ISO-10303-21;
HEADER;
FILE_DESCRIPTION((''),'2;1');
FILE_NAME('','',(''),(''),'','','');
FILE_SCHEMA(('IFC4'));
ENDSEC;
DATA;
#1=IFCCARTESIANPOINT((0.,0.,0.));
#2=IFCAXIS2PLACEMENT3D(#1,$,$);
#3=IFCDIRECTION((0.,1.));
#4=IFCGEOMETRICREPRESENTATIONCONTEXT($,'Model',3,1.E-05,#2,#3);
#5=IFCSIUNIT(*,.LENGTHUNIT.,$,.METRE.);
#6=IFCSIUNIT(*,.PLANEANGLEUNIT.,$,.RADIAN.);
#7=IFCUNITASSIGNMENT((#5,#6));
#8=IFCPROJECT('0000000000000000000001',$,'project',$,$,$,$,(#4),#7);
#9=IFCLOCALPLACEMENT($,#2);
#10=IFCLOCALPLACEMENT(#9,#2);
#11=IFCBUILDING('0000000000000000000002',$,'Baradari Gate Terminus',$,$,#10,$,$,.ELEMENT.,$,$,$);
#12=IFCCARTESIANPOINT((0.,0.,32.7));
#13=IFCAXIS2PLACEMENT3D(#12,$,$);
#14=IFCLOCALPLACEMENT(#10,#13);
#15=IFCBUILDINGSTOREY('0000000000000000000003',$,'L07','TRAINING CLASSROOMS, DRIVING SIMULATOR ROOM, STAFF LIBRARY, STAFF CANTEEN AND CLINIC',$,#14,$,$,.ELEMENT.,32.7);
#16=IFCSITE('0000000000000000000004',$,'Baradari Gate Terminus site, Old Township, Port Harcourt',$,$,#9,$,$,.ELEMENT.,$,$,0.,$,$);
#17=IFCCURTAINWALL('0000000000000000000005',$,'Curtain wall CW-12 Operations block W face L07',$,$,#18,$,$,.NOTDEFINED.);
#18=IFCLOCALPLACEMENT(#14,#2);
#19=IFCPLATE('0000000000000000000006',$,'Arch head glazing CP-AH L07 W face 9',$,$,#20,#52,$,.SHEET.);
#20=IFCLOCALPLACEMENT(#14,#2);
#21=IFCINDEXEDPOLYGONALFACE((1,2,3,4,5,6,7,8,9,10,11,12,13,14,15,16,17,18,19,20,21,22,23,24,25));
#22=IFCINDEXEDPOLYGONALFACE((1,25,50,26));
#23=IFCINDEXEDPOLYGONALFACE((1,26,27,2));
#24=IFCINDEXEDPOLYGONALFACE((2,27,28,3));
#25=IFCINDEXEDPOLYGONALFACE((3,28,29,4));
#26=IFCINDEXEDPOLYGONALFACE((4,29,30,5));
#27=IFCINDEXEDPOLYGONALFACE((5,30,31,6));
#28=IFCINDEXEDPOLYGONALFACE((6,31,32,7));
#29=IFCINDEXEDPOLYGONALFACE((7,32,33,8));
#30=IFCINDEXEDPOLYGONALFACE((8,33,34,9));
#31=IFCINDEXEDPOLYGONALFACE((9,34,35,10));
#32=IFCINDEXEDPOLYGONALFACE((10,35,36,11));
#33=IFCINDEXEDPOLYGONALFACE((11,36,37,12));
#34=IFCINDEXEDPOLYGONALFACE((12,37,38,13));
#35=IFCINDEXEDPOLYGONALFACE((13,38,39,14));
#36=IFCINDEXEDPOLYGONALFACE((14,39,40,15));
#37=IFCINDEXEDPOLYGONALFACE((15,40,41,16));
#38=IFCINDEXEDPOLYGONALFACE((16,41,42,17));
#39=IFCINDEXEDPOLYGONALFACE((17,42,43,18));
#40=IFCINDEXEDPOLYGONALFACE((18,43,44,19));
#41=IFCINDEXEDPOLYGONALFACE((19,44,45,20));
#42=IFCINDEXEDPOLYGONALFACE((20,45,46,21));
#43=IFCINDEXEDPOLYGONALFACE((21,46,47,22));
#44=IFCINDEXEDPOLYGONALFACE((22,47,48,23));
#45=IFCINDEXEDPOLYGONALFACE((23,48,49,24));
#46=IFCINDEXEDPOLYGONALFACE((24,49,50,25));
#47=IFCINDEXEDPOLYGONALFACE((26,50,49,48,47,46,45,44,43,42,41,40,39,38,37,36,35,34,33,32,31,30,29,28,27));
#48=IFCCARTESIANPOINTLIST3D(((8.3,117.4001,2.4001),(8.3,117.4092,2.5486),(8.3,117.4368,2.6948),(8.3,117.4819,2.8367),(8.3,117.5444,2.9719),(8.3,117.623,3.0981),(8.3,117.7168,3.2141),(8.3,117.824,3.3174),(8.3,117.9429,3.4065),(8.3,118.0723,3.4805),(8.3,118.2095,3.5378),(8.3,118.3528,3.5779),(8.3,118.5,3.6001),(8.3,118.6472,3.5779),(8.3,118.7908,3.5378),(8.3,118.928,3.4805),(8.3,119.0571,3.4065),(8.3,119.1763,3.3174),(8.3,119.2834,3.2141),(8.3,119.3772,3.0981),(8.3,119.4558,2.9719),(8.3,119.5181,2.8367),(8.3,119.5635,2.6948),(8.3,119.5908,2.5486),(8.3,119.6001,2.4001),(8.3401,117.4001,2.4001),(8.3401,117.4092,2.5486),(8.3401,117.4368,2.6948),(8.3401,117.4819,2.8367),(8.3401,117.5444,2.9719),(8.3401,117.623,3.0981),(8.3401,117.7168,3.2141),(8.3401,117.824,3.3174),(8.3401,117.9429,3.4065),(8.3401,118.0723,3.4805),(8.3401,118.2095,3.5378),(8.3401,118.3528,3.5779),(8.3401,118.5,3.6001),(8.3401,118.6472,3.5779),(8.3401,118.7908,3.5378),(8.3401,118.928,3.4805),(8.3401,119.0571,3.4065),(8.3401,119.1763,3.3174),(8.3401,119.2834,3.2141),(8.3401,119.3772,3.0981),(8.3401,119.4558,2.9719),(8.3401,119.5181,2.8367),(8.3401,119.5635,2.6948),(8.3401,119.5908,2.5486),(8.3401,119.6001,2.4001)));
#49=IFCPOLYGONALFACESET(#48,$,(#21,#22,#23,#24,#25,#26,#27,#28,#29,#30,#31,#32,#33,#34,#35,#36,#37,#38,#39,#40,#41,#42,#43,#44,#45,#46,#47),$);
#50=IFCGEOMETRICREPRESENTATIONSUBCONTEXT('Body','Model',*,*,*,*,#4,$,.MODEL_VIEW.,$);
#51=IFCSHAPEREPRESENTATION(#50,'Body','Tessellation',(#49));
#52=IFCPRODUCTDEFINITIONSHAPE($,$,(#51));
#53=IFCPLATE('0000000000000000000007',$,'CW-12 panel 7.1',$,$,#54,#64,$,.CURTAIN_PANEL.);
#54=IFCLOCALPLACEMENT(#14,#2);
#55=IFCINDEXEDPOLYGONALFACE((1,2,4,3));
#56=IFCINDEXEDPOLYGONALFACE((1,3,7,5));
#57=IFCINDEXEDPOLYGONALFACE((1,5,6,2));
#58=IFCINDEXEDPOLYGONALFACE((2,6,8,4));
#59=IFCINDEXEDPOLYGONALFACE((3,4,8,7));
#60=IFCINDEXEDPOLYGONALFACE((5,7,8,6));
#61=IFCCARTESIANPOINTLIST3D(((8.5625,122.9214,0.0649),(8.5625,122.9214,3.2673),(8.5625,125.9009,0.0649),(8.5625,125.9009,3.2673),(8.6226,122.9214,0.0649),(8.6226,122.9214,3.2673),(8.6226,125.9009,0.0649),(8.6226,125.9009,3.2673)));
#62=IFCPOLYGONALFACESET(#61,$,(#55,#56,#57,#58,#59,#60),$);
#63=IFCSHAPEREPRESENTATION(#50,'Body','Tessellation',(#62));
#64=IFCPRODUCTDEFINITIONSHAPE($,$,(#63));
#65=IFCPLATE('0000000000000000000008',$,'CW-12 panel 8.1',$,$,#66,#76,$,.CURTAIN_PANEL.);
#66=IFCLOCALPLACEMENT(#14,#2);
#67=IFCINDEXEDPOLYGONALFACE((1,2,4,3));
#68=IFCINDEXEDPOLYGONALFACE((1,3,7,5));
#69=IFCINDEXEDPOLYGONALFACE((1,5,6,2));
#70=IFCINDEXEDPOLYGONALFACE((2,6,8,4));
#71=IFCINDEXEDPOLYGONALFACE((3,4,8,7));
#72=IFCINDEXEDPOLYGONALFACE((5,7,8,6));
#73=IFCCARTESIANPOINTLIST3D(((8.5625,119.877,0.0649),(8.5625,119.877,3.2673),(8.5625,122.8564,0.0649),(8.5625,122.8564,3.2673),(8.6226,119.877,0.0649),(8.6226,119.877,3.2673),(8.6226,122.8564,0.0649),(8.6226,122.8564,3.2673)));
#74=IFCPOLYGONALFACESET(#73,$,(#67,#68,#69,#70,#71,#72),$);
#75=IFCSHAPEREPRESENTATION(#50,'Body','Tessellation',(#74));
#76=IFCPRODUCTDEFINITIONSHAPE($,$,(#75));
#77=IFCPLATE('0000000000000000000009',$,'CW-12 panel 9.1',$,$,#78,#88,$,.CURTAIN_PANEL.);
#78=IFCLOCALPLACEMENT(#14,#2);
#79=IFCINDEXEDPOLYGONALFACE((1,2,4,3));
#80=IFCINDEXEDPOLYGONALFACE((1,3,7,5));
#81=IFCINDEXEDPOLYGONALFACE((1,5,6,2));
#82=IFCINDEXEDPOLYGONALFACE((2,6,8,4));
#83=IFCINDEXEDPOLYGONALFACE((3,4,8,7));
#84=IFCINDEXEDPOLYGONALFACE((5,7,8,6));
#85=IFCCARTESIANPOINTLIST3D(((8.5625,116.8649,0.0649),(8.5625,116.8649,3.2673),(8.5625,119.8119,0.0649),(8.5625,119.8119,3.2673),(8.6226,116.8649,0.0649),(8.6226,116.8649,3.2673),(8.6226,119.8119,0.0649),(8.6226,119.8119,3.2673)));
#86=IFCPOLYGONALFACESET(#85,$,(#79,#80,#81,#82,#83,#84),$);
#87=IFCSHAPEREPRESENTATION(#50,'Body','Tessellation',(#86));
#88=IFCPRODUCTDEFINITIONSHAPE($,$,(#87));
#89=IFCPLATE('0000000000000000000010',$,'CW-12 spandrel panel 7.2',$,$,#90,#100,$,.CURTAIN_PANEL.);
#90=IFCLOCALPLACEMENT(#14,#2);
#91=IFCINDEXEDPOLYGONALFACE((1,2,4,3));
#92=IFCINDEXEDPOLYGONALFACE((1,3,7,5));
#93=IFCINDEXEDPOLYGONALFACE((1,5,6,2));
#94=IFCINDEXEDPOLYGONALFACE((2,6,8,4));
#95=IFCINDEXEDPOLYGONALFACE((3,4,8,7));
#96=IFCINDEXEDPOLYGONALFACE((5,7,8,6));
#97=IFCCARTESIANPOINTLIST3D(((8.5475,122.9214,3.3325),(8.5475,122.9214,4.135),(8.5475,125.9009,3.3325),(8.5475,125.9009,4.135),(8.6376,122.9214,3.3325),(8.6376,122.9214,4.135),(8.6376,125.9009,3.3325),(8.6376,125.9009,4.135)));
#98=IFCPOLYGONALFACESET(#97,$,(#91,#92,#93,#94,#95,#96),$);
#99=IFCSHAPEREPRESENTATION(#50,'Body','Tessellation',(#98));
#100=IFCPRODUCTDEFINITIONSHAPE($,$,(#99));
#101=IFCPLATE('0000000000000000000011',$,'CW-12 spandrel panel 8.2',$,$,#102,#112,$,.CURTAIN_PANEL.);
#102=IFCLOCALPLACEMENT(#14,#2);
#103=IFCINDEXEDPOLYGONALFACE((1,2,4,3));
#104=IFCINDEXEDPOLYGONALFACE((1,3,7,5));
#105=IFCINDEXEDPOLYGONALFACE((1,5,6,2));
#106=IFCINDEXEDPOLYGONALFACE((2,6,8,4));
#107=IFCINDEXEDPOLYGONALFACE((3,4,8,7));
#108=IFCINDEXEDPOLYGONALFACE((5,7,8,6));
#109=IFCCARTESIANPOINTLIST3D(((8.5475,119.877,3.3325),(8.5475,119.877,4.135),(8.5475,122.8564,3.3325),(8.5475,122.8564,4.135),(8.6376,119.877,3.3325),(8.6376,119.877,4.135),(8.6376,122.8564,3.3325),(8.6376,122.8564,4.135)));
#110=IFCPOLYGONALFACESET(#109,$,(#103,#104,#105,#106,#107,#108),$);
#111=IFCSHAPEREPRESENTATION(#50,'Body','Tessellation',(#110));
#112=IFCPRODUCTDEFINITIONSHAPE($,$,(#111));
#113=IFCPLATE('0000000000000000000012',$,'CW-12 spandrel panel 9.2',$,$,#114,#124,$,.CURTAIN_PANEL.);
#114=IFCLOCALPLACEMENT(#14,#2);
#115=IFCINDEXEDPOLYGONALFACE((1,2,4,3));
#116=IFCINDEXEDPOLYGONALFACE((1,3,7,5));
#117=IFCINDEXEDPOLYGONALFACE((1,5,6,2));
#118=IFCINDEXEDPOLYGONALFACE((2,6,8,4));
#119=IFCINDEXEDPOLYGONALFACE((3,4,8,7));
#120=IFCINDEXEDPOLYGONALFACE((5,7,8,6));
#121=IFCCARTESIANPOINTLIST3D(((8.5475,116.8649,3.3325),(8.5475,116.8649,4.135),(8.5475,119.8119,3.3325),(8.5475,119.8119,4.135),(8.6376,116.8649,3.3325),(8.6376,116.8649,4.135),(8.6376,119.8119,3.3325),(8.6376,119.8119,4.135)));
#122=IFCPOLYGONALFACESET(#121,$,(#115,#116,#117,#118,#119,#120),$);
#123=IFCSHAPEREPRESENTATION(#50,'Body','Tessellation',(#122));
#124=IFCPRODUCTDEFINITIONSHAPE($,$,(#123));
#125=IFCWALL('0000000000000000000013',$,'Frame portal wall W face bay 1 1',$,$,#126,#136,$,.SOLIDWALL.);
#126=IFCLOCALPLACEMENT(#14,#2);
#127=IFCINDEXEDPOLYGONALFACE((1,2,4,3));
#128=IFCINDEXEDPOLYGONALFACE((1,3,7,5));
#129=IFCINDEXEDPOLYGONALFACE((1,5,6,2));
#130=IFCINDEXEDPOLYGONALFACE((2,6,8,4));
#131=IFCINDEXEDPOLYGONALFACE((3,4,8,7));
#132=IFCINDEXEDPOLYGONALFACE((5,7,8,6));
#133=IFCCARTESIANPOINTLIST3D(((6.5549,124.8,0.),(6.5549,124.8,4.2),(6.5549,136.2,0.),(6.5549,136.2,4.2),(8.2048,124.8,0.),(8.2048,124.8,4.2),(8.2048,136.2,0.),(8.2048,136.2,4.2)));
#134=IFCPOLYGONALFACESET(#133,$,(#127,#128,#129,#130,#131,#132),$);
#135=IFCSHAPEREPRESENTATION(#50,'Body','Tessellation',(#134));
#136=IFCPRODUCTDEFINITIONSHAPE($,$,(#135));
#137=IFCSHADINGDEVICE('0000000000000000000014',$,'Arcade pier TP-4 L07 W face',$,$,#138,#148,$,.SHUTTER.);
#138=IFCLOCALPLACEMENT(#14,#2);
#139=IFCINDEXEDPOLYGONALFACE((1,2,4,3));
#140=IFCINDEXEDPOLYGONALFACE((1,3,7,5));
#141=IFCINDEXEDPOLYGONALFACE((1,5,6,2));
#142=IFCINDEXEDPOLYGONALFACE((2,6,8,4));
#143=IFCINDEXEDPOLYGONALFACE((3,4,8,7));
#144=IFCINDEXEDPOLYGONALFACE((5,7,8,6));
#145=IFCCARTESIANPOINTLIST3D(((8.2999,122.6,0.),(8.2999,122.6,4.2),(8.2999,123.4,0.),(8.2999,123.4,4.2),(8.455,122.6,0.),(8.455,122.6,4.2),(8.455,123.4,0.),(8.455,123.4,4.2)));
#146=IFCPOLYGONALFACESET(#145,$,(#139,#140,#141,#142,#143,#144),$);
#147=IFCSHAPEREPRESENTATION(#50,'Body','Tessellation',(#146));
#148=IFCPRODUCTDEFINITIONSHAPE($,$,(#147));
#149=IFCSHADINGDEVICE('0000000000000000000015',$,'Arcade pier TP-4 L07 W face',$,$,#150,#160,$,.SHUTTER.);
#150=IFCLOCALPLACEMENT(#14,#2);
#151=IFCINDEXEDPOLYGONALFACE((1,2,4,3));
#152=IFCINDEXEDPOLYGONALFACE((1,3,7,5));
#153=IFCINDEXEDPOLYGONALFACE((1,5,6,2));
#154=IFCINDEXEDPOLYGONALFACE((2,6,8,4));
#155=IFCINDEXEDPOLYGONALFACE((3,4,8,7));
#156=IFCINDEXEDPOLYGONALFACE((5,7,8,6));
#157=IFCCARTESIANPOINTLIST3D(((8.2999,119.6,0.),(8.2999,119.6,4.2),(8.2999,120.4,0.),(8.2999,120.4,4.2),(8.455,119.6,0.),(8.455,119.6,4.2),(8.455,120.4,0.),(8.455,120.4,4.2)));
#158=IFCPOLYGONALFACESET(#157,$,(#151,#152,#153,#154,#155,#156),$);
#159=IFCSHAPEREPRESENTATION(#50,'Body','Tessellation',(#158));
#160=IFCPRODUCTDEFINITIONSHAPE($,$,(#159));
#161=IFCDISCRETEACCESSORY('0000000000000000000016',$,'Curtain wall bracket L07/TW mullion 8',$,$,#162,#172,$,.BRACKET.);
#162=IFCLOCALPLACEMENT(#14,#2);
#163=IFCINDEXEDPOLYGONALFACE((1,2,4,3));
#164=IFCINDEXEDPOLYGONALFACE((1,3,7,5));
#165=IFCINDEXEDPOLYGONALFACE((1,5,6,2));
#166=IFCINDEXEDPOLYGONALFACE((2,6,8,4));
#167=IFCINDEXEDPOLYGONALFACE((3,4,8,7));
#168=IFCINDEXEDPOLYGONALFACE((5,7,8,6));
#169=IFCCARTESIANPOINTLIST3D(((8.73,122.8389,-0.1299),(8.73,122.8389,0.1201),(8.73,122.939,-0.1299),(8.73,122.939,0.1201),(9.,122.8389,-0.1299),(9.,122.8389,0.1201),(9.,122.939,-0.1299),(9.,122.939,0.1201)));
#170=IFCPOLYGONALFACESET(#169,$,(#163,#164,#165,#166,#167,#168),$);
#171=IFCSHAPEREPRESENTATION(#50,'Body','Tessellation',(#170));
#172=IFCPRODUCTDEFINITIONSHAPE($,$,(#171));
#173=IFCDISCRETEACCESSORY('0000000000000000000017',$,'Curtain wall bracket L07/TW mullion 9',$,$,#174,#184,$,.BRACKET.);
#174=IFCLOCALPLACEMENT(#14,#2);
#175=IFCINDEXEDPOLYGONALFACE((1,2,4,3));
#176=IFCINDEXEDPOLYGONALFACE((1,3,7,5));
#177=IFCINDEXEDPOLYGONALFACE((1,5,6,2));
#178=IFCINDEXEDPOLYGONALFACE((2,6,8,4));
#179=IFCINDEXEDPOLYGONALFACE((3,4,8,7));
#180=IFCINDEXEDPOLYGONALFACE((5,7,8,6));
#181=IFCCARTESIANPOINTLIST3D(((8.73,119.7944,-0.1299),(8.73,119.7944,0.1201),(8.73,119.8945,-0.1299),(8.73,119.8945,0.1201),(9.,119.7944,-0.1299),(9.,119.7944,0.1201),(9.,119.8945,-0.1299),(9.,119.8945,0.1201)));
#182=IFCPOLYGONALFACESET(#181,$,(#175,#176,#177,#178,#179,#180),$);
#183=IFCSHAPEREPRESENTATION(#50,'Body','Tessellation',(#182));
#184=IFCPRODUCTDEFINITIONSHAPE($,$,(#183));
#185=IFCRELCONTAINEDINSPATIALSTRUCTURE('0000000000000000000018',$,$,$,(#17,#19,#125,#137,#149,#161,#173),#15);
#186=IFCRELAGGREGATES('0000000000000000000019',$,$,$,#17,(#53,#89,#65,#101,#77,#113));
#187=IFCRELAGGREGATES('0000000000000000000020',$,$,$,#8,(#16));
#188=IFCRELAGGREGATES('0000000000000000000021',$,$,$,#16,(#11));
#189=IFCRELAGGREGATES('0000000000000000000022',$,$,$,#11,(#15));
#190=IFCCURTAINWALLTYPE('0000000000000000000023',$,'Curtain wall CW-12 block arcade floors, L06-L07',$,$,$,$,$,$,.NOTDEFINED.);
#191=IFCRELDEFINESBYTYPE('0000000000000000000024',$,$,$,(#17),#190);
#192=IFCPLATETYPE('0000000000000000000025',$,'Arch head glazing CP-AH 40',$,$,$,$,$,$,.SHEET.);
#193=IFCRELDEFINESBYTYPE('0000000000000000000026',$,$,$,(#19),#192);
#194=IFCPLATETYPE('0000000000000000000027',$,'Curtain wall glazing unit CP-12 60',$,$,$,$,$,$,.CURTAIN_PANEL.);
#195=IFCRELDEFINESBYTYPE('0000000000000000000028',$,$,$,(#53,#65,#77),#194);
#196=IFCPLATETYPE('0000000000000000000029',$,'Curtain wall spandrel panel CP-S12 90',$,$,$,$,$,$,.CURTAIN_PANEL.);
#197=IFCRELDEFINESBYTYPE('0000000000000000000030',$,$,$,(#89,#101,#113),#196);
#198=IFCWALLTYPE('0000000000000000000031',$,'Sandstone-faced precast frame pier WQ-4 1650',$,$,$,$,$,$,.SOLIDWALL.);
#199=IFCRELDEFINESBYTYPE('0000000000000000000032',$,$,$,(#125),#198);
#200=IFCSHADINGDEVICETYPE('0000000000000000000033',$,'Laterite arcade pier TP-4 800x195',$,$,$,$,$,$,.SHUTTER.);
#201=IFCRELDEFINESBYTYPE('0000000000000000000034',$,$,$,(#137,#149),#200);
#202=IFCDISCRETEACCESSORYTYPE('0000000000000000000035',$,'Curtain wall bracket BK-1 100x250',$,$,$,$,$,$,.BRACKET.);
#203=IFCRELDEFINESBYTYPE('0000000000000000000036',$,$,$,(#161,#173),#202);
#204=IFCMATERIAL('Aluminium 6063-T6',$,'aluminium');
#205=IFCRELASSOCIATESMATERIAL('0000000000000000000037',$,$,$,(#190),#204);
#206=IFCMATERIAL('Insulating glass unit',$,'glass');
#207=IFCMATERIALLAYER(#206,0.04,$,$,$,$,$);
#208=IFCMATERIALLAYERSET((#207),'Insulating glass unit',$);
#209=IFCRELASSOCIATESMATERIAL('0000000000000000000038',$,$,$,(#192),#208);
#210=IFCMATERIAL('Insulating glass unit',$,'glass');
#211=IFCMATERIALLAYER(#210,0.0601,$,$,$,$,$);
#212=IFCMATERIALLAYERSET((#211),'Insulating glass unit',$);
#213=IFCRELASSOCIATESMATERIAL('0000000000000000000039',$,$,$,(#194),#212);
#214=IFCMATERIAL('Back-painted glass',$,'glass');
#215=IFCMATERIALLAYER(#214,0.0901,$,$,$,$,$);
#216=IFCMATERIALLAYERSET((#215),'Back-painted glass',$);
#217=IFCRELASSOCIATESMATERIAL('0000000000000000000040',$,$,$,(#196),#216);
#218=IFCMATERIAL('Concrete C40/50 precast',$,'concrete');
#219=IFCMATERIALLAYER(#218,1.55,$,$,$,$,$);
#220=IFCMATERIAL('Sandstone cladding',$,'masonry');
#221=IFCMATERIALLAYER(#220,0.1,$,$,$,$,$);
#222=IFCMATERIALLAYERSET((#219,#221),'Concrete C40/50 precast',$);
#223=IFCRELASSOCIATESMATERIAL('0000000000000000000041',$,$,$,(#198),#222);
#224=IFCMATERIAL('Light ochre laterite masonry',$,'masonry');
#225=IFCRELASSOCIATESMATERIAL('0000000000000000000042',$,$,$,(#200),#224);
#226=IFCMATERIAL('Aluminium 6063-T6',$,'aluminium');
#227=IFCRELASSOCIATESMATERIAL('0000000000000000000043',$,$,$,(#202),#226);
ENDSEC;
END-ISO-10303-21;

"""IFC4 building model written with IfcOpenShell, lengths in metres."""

from ifc_helpers import new_model, si_unit, direction, frame, origin, origin_2d, place, context, subcontext, project, spatial, polyline, rectangle, outline, extrude, material, layer, layer_set, type_object, element, aggregate, save


model = new_model("IFC4")

# Units and contexts
model_context = context("Model", 3, precision=1e-05, world=origin(), true_north=direction((0.0, 1.0)))
body_context = subcontext(model_context, "Body", "Model", "MODEL_VIEW")
ifc_project = project(units=[si_unit("LENGTHUNIT", "METRE"), si_unit("PLANEANGLEUNIT", "RADIAN")], contexts=[model_context])

# Site, building, storey
site_placement = place(None, origin())
site = spatial("IfcSite", under=ifc_project, at=site_placement, Name="Baradari Gate Terminus site, Old Township, Port Harcourt", CompositionType="ELEMENT", RefElevation=0.0)
building_placement = place(site_placement, origin())
building = spatial("IfcBuilding", under=site, at=building_placement, Name="Baradari Gate Terminus", CompositionType="ELEMENT")
storey_placement = place(building_placement, frame((0.0, 0.0, 32.7)))
storey = spatial("IfcBuildingStorey", under=building, at=storey_placement, Name="L07", Description="TRAINING CLASSROOMS, DRIVING SIMULATOR ROOM, STAFF LIBRARY, STAFF CANTEEN AND CLINIC", CompositionType="ELEMENT", Elevation=32.7)

# Curtain wall
ifc_material_1 = material(Name="Aluminium 6063-T6", Category="aluminium")
curtain_wall_type = type_object("IfcCurtainWallType", Name="Curtain wall CW-12 block arcade floors, L06-L07", PredefinedType="NOTDEFINED", material=ifc_material_1)
curtain_wall_placement = place(storey_placement, origin())
curtain_wall = element("IfcCurtainWall", 1, at=curtain_wall_placement, inside=storey, type_object=curtain_wall_type, Name="Curtain wall CW-12 Operations block W face L07", PredefinedType="NOTDEFINED")

# Plate
ifc_material_2 = material(Name="Insulating glass unit", Category="glass")
ifc_layer_1 = layer(ifc_material_2, 0.04)
ifc_layer_set_1 = layer_set([ifc_layer_1], Name="Insulating glass unit")
plate_type_1 = type_object("IfcPlateType", Name="Arch head glazing CP-AH 40", PredefinedType="SHEET", material=ifc_layer_set_1)
for number, where, z_axis, x_axis, name in (
    (2, (8.3201, 119.6001, 2.4001), (0.0, 0.0, 1.0), (0.0, -1.0, 0.0), "Arch head glazing CP-AH L07 W face 9"),
):
    element("IfcPlate", number, at=place(storey_placement, frame(where, z_axis=z_axis, x_axis=x_axis)), inside=storey, type_object=plate_type_1, Name=name, PredefinedType="SHEET", context=body_context, shape_type="SweptSolid", body=[
        extrude(outline(polyline([(0.0, 0.0), (2.2, 0.0), (2.1909, 0.1484), (2.1633, 0.2947), (2.1182, 0.4365), (2.0557, 0.5718), (1.9771, 0.698), (1.8833, 0.814), (1.7761, 0.9172), (1.6572, 1.0063), (1.5278, 1.0803), (1.3906, 1.1377), (1.2473, 1.1777), (1.1001, 1.2), (0.9529, 1.1777), (0.8093, 1.1377), (0.6721, 1.0803), (0.543, 1.0063), (0.4238, 0.9172), (0.3167, 0.814), (0.2229, 0.698), (0.1443, 0.5718), (0.082, 0.4365), (0.0366, 0.2947), (0.0093, 0.1484), (0.0, 0.0)])), frame((0.0, 0.02, 0.0), z_axis=(0.0, -1.0, 0.0), x_axis=(1.0, 0.0, 0.0)), (0.0, 0.0, 1.0), 0.04),
    ])

# Plates
ifc_material_3 = material(Name="Insulating glass unit", Category="glass")
ifc_layer_2 = layer(ifc_material_3, 0.0601)
ifc_layer_set_2 = layer_set([ifc_layer_2], Name="Insulating glass unit")
plate_type_2 = type_object("IfcPlateType", Name="Curtain wall glazing unit CP-12 60", PredefinedType="CURTAIN_PANEL", material=ifc_layer_set_2)
plate_1_placement = place(storey_placement, frame((8.5925, 124.4111, 0.0649), z_axis=(0.0, 0.0, 1.0), x_axis=(0.0, -1.0, 0.0)))
plate_1 = element("IfcPlate", 3, at=plate_1_placement, type_object=plate_type_2, Name="CW-12 panel 7.1", PredefinedType="CURTAIN_PANEL", context=body_context, shape_type="SweptSolid", body=[
    extrude(rectangle(XDim=2.9795, YDim=0.0601, at=origin_2d()), origin(), (0.0, 0.0, 1.0), 3.2024),
])
plate_2_placement = place(storey_placement, frame((8.5925, 121.3667, 0.0649), z_axis=(0.0, 0.0, 1.0), x_axis=(0.0, -1.0, 0.0)))
plate_2 = element("IfcPlate", 4, at=plate_2_placement, type_object=plate_type_2, Name="CW-12 panel 8.1", PredefinedType="CURTAIN_PANEL", context=body_context, shape_type="SweptSolid", body=[
    extrude(rectangle(XDim=2.9795, YDim=0.0601, at=origin_2d()), origin(), (0.0, 0.0, 1.0), 3.2024),
])
plate_3_placement = place(storey_placement, frame((8.5925, 118.3384, 0.0649), z_axis=(0.0, 0.0, 1.0), x_axis=(0.0, -1.0, 0.0)))
plate_3 = element("IfcPlate", 5, at=plate_3_placement, type_object=plate_type_2, Name="CW-12 panel 9.1", PredefinedType="CURTAIN_PANEL", context=body_context, shape_type="SweptSolid", body=[
    extrude(rectangle(XDim=2.947, YDim=0.0601, at=origin_2d()), origin(), (0.0, 0.0, 1.0), 3.2024),
])
ifc_material_4 = material(Name="Back-painted glass", Category="glass")
ifc_layer_3 = layer(ifc_material_4, 0.0901)
ifc_layer_set_3 = layer_set([ifc_layer_3], Name="Back-painted glass")
plate_type_3 = type_object("IfcPlateType", Name="Curtain wall spandrel panel CP-S12 90", PredefinedType="CURTAIN_PANEL", material=ifc_layer_set_3)
plate_4_placement = place(storey_placement, frame((8.5925, 124.4111, 3.3325), z_axis=(0.0, 0.0, 1.0), x_axis=(0.0, -1.0, 0.0)))
plate_4 = element("IfcPlate", 6, at=plate_4_placement, type_object=plate_type_3, Name="CW-12 spandrel panel 7.2", PredefinedType="CURTAIN_PANEL", context=body_context, shape_type="SweptSolid", body=[
    extrude(rectangle(XDim=2.9795, YDim=0.0901, at=origin_2d()), origin(), (0.0, 0.0, 1.0), 0.8025),
])
plate_5_placement = place(storey_placement, frame((8.5925, 121.3667, 3.3325), z_axis=(0.0, 0.0, 1.0), x_axis=(0.0, -1.0, 0.0)))
plate_5 = element("IfcPlate", 7, at=plate_5_placement, type_object=plate_type_3, Name="CW-12 spandrel panel 8.2", PredefinedType="CURTAIN_PANEL", context=body_context, shape_type="SweptSolid", body=[
    extrude(rectangle(XDim=2.9795, YDim=0.0901, at=origin_2d()), origin(), (0.0, 0.0, 1.0), 0.8025),
])
plate_6_placement = place(storey_placement, frame((8.5925, 118.3384, 3.3325), z_axis=(0.0, 0.0, 1.0), x_axis=(0.0, -1.0, 0.0)))
plate_6 = element("IfcPlate", 8, at=plate_6_placement, type_object=plate_type_3, Name="CW-12 spandrel panel 9.2", PredefinedType="CURTAIN_PANEL", context=body_context, shape_type="SweptSolid", body=[
    extrude(rectangle(XDim=2.947, YDim=0.0901, at=origin_2d()), origin(), (0.0, 0.0, 1.0), 0.8025),
])
aggregate(curtain_wall, [plate_1, plate_4, plate_2, plate_5, plate_3, plate_6])

# Wall
ifc_material_5 = material(Name="Concrete C40/50 precast", Category="concrete")
ifc_layer_4 = layer(ifc_material_5, 1.55)
ifc_material_6 = material(Name="Sandstone cladding", Category="masonry")
ifc_layer_5 = layer(ifc_material_6, 0.1)
ifc_layer_set_4 = layer_set([ifc_layer_4, ifc_layer_5], Name="Concrete C40/50 precast")
wall_type = type_object("IfcWallType", Name="Sandstone-faced precast frame pier WQ-4 1650", PredefinedType="SOLIDWALL", material=ifc_layer_set_4)
wall_placement = place(storey_placement, frame((7.3799, 124.8, 0.0), z_axis=(0.0, 0.0, 1.0), x_axis=(0.0, 1.0, 0.0)))
element("IfcWall", 9, at=wall_placement, inside=storey, type_object=wall_type, Name="Frame portal wall W face bay 1 1", PredefinedType="SOLIDWALL", context=body_context, shape_type="SweptSolid", body=[
    extrude(outline(polyline([(11.3999, 0.0), (11.3999, 4.2), (0.0, 4.2), (0.0, 0.0), (11.3999, 0.0)])), frame((0.0, 0.825, 0.0), z_axis=(0.0, -1.0, 0.0), x_axis=(1.0, 0.0, 0.0)), (0.0, 0.0, 1.0), 1.6499),
])

# Shading devices
ifc_material_7 = material(Name="Light ochre laterite masonry", Category="masonry")
shading_device_type = type_object("IfcShadingDeviceType", Name="Laterite arcade pier TP-4 800x195", PredefinedType="SHUTTER", material=ifc_material_7)
for number, where, z_axis, x_axis, name in (
    (10, (8.3774, 123.0, 0.0), (0.0, 0.0, 1.0), (0.0, -1.0, 0.0), "Arcade pier TP-4 L07 W face"),
    (11, (8.3774, 120.0, 0.0), (0.0, 0.0, 1.0), (0.0, -1.0, 0.0), "Arcade pier TP-4 L07 W face"),
):
    element("IfcShadingDevice", number, at=place(storey_placement, frame(where, z_axis=z_axis, x_axis=x_axis)), inside=storey, type_object=shading_device_type, Name=name, PredefinedType="SHUTTER", context=body_context, shape_type="SweptSolid", body=[
        extrude(rectangle(XDim=0.8, YDim=0.155, at=origin_2d()), origin(), (0.0, 0.0, 1.0), 4.2),
    ])

# Discrete accessories
ifc_material_8 = material(Name="Aluminium 6063-T6", Category="aluminium")
discrete_accessory_type = type_object("IfcDiscreteAccessoryType", Name="Curtain wall bracket BK-1 100x250", PredefinedType="BRACKET", material=ifc_material_8)
for number, where, z_axis, x_axis, name in (
    (12, (8.865, 122.8889, -0.1299), (0.0, 0.0, 1.0), (-1.0, 0.0, 0.0), "Curtain wall bracket L07/TW mullion 8"),
    (13, (8.865, 119.8445, -0.1299), (0.0, 0.0, 1.0), (-1.0, 0.0, 0.0), "Curtain wall bracket L07/TW mullion 9"),
):
    element("IfcDiscreteAccessory", number, at=place(storey_placement, frame(where, z_axis=z_axis, x_axis=x_axis)), inside=storey, type_object=discrete_accessory_type, Name=name, PredefinedType="BRACKET", context=body_context, shape_type="SweptSolid", body=[
        extrude(rectangle(XDim=0.27, YDim=0.1001, at=origin_2d()), origin(), (0.0, 0.0, 1.0), 0.25),
    ])

save(model, "model.ifc")
